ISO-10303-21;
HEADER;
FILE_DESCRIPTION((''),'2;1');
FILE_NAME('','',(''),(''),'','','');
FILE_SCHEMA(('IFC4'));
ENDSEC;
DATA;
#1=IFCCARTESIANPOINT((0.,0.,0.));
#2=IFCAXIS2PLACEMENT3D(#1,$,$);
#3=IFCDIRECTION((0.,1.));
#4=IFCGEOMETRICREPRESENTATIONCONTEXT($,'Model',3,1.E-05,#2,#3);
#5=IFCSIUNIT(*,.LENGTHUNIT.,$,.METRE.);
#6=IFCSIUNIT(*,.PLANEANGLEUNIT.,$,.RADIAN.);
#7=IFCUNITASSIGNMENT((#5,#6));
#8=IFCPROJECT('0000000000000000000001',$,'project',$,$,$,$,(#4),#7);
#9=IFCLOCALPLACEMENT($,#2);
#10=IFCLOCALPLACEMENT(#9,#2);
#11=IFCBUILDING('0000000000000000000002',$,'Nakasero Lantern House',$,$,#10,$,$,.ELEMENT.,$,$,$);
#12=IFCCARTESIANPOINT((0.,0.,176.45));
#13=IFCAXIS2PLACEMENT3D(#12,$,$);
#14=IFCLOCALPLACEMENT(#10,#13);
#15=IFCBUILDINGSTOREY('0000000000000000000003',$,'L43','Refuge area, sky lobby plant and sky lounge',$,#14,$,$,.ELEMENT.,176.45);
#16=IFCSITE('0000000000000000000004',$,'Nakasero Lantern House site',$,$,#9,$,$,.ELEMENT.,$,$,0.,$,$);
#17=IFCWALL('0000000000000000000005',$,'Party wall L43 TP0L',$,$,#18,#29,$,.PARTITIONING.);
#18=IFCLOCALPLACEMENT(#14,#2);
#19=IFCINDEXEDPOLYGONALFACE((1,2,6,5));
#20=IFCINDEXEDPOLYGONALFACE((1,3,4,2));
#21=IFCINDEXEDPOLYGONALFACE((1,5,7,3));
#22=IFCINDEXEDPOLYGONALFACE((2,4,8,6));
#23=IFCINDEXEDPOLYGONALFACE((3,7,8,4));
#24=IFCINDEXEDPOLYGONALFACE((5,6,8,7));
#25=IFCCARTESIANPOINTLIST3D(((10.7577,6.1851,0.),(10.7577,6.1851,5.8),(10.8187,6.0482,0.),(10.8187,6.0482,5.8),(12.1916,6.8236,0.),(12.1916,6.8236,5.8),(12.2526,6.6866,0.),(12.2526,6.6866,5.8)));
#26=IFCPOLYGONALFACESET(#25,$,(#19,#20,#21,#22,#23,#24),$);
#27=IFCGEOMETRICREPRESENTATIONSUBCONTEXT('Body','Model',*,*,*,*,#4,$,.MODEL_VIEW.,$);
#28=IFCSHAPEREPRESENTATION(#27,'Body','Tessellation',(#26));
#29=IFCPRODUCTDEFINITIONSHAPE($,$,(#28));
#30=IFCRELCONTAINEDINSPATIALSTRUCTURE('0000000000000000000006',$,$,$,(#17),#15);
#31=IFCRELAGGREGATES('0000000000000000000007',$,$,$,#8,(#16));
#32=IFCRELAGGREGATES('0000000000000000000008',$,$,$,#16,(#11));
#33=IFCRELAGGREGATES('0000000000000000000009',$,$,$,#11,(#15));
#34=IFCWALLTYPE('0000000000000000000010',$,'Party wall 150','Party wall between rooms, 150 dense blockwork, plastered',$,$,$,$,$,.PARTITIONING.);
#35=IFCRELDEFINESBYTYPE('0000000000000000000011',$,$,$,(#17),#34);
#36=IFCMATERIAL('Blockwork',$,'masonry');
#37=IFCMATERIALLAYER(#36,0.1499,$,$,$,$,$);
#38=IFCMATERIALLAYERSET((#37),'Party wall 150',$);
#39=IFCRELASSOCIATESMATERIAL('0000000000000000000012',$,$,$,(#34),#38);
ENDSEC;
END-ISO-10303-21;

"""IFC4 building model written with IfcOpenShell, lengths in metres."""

from ifc_helpers import new_model, si_unit, direction, frame, frame_2d, origin, place, context, subcontext, project, spatial, rectangle, extrude, material, layer, layer_set, type_object, element, save


model = new_model("IFC4")

# Units and contexts
model_context = context("Model", 3, precision=1e-05, world=origin(), true_north=direction((0.0, 1.0)))
body_context = subcontext(model_context, "Body", "Model", "MODEL_VIEW")
ifc_project = project(units=[si_unit("LENGTHUNIT", "METRE"), si_unit("PLANEANGLEUNIT", "RADIAN")], contexts=[model_context])

# Site, building, storey
site_placement = place(None, origin())
site = spatial("IfcSite", under=ifc_project, at=site_placement, Name="Nakasero Lantern House site", CompositionType="ELEMENT", RefElevation=0.0)
building_placement = place(site_placement, origin())
building = spatial("IfcBuilding", under=site, at=building_placement, Name="Nakasero Lantern House", CompositionType="ELEMENT")
storey_placement = place(building_placement, frame((0.0, 0.0, 176.45)))
storey = spatial("IfcBuildingStorey", under=building, at=storey_placement, Name="L43", Description="Refuge area, sky lobby plant and sky lounge", CompositionType="ELEMENT", Elevation=176.45)

# Wall
ifc_material_1 = material(Name="Blockwork", Category="masonry")
ifc_layer_1 = layer(ifc_material_1, 0.1499)
ifc_layer_set_1 = layer_set([ifc_layer_1], Name="Party wall 150")
wall_type_1 = type_object("IfcWallType", Name="Party wall 150", Description="Party wall between rooms, 150 dense blockwork, plastered", PredefinedType="PARTITIONING", material=ifc_layer_set_1)
wall_1_placement = place(storey_placement, frame((10.7883, 6.1167, 0.0), z_axis=(0.0, 0.0, 1.0), x_axis=(0.913536, 0.406759, 0.0)))
element("IfcWall", 1, at=wall_1_placement, inside=storey, type_object=wall_type_1, Name="Party wall L43 TP0L", PredefinedType="PARTITIONING", context=body_context, shape_type="SweptSolid", body=[
    extrude(rectangle(XDim=1.5696, YDim=0.1499, at=frame_2d((0.7847, 0.0))), origin(), (0.0, 0.0, 1.0), 5.8),
])

save(model, "model.ifc")
